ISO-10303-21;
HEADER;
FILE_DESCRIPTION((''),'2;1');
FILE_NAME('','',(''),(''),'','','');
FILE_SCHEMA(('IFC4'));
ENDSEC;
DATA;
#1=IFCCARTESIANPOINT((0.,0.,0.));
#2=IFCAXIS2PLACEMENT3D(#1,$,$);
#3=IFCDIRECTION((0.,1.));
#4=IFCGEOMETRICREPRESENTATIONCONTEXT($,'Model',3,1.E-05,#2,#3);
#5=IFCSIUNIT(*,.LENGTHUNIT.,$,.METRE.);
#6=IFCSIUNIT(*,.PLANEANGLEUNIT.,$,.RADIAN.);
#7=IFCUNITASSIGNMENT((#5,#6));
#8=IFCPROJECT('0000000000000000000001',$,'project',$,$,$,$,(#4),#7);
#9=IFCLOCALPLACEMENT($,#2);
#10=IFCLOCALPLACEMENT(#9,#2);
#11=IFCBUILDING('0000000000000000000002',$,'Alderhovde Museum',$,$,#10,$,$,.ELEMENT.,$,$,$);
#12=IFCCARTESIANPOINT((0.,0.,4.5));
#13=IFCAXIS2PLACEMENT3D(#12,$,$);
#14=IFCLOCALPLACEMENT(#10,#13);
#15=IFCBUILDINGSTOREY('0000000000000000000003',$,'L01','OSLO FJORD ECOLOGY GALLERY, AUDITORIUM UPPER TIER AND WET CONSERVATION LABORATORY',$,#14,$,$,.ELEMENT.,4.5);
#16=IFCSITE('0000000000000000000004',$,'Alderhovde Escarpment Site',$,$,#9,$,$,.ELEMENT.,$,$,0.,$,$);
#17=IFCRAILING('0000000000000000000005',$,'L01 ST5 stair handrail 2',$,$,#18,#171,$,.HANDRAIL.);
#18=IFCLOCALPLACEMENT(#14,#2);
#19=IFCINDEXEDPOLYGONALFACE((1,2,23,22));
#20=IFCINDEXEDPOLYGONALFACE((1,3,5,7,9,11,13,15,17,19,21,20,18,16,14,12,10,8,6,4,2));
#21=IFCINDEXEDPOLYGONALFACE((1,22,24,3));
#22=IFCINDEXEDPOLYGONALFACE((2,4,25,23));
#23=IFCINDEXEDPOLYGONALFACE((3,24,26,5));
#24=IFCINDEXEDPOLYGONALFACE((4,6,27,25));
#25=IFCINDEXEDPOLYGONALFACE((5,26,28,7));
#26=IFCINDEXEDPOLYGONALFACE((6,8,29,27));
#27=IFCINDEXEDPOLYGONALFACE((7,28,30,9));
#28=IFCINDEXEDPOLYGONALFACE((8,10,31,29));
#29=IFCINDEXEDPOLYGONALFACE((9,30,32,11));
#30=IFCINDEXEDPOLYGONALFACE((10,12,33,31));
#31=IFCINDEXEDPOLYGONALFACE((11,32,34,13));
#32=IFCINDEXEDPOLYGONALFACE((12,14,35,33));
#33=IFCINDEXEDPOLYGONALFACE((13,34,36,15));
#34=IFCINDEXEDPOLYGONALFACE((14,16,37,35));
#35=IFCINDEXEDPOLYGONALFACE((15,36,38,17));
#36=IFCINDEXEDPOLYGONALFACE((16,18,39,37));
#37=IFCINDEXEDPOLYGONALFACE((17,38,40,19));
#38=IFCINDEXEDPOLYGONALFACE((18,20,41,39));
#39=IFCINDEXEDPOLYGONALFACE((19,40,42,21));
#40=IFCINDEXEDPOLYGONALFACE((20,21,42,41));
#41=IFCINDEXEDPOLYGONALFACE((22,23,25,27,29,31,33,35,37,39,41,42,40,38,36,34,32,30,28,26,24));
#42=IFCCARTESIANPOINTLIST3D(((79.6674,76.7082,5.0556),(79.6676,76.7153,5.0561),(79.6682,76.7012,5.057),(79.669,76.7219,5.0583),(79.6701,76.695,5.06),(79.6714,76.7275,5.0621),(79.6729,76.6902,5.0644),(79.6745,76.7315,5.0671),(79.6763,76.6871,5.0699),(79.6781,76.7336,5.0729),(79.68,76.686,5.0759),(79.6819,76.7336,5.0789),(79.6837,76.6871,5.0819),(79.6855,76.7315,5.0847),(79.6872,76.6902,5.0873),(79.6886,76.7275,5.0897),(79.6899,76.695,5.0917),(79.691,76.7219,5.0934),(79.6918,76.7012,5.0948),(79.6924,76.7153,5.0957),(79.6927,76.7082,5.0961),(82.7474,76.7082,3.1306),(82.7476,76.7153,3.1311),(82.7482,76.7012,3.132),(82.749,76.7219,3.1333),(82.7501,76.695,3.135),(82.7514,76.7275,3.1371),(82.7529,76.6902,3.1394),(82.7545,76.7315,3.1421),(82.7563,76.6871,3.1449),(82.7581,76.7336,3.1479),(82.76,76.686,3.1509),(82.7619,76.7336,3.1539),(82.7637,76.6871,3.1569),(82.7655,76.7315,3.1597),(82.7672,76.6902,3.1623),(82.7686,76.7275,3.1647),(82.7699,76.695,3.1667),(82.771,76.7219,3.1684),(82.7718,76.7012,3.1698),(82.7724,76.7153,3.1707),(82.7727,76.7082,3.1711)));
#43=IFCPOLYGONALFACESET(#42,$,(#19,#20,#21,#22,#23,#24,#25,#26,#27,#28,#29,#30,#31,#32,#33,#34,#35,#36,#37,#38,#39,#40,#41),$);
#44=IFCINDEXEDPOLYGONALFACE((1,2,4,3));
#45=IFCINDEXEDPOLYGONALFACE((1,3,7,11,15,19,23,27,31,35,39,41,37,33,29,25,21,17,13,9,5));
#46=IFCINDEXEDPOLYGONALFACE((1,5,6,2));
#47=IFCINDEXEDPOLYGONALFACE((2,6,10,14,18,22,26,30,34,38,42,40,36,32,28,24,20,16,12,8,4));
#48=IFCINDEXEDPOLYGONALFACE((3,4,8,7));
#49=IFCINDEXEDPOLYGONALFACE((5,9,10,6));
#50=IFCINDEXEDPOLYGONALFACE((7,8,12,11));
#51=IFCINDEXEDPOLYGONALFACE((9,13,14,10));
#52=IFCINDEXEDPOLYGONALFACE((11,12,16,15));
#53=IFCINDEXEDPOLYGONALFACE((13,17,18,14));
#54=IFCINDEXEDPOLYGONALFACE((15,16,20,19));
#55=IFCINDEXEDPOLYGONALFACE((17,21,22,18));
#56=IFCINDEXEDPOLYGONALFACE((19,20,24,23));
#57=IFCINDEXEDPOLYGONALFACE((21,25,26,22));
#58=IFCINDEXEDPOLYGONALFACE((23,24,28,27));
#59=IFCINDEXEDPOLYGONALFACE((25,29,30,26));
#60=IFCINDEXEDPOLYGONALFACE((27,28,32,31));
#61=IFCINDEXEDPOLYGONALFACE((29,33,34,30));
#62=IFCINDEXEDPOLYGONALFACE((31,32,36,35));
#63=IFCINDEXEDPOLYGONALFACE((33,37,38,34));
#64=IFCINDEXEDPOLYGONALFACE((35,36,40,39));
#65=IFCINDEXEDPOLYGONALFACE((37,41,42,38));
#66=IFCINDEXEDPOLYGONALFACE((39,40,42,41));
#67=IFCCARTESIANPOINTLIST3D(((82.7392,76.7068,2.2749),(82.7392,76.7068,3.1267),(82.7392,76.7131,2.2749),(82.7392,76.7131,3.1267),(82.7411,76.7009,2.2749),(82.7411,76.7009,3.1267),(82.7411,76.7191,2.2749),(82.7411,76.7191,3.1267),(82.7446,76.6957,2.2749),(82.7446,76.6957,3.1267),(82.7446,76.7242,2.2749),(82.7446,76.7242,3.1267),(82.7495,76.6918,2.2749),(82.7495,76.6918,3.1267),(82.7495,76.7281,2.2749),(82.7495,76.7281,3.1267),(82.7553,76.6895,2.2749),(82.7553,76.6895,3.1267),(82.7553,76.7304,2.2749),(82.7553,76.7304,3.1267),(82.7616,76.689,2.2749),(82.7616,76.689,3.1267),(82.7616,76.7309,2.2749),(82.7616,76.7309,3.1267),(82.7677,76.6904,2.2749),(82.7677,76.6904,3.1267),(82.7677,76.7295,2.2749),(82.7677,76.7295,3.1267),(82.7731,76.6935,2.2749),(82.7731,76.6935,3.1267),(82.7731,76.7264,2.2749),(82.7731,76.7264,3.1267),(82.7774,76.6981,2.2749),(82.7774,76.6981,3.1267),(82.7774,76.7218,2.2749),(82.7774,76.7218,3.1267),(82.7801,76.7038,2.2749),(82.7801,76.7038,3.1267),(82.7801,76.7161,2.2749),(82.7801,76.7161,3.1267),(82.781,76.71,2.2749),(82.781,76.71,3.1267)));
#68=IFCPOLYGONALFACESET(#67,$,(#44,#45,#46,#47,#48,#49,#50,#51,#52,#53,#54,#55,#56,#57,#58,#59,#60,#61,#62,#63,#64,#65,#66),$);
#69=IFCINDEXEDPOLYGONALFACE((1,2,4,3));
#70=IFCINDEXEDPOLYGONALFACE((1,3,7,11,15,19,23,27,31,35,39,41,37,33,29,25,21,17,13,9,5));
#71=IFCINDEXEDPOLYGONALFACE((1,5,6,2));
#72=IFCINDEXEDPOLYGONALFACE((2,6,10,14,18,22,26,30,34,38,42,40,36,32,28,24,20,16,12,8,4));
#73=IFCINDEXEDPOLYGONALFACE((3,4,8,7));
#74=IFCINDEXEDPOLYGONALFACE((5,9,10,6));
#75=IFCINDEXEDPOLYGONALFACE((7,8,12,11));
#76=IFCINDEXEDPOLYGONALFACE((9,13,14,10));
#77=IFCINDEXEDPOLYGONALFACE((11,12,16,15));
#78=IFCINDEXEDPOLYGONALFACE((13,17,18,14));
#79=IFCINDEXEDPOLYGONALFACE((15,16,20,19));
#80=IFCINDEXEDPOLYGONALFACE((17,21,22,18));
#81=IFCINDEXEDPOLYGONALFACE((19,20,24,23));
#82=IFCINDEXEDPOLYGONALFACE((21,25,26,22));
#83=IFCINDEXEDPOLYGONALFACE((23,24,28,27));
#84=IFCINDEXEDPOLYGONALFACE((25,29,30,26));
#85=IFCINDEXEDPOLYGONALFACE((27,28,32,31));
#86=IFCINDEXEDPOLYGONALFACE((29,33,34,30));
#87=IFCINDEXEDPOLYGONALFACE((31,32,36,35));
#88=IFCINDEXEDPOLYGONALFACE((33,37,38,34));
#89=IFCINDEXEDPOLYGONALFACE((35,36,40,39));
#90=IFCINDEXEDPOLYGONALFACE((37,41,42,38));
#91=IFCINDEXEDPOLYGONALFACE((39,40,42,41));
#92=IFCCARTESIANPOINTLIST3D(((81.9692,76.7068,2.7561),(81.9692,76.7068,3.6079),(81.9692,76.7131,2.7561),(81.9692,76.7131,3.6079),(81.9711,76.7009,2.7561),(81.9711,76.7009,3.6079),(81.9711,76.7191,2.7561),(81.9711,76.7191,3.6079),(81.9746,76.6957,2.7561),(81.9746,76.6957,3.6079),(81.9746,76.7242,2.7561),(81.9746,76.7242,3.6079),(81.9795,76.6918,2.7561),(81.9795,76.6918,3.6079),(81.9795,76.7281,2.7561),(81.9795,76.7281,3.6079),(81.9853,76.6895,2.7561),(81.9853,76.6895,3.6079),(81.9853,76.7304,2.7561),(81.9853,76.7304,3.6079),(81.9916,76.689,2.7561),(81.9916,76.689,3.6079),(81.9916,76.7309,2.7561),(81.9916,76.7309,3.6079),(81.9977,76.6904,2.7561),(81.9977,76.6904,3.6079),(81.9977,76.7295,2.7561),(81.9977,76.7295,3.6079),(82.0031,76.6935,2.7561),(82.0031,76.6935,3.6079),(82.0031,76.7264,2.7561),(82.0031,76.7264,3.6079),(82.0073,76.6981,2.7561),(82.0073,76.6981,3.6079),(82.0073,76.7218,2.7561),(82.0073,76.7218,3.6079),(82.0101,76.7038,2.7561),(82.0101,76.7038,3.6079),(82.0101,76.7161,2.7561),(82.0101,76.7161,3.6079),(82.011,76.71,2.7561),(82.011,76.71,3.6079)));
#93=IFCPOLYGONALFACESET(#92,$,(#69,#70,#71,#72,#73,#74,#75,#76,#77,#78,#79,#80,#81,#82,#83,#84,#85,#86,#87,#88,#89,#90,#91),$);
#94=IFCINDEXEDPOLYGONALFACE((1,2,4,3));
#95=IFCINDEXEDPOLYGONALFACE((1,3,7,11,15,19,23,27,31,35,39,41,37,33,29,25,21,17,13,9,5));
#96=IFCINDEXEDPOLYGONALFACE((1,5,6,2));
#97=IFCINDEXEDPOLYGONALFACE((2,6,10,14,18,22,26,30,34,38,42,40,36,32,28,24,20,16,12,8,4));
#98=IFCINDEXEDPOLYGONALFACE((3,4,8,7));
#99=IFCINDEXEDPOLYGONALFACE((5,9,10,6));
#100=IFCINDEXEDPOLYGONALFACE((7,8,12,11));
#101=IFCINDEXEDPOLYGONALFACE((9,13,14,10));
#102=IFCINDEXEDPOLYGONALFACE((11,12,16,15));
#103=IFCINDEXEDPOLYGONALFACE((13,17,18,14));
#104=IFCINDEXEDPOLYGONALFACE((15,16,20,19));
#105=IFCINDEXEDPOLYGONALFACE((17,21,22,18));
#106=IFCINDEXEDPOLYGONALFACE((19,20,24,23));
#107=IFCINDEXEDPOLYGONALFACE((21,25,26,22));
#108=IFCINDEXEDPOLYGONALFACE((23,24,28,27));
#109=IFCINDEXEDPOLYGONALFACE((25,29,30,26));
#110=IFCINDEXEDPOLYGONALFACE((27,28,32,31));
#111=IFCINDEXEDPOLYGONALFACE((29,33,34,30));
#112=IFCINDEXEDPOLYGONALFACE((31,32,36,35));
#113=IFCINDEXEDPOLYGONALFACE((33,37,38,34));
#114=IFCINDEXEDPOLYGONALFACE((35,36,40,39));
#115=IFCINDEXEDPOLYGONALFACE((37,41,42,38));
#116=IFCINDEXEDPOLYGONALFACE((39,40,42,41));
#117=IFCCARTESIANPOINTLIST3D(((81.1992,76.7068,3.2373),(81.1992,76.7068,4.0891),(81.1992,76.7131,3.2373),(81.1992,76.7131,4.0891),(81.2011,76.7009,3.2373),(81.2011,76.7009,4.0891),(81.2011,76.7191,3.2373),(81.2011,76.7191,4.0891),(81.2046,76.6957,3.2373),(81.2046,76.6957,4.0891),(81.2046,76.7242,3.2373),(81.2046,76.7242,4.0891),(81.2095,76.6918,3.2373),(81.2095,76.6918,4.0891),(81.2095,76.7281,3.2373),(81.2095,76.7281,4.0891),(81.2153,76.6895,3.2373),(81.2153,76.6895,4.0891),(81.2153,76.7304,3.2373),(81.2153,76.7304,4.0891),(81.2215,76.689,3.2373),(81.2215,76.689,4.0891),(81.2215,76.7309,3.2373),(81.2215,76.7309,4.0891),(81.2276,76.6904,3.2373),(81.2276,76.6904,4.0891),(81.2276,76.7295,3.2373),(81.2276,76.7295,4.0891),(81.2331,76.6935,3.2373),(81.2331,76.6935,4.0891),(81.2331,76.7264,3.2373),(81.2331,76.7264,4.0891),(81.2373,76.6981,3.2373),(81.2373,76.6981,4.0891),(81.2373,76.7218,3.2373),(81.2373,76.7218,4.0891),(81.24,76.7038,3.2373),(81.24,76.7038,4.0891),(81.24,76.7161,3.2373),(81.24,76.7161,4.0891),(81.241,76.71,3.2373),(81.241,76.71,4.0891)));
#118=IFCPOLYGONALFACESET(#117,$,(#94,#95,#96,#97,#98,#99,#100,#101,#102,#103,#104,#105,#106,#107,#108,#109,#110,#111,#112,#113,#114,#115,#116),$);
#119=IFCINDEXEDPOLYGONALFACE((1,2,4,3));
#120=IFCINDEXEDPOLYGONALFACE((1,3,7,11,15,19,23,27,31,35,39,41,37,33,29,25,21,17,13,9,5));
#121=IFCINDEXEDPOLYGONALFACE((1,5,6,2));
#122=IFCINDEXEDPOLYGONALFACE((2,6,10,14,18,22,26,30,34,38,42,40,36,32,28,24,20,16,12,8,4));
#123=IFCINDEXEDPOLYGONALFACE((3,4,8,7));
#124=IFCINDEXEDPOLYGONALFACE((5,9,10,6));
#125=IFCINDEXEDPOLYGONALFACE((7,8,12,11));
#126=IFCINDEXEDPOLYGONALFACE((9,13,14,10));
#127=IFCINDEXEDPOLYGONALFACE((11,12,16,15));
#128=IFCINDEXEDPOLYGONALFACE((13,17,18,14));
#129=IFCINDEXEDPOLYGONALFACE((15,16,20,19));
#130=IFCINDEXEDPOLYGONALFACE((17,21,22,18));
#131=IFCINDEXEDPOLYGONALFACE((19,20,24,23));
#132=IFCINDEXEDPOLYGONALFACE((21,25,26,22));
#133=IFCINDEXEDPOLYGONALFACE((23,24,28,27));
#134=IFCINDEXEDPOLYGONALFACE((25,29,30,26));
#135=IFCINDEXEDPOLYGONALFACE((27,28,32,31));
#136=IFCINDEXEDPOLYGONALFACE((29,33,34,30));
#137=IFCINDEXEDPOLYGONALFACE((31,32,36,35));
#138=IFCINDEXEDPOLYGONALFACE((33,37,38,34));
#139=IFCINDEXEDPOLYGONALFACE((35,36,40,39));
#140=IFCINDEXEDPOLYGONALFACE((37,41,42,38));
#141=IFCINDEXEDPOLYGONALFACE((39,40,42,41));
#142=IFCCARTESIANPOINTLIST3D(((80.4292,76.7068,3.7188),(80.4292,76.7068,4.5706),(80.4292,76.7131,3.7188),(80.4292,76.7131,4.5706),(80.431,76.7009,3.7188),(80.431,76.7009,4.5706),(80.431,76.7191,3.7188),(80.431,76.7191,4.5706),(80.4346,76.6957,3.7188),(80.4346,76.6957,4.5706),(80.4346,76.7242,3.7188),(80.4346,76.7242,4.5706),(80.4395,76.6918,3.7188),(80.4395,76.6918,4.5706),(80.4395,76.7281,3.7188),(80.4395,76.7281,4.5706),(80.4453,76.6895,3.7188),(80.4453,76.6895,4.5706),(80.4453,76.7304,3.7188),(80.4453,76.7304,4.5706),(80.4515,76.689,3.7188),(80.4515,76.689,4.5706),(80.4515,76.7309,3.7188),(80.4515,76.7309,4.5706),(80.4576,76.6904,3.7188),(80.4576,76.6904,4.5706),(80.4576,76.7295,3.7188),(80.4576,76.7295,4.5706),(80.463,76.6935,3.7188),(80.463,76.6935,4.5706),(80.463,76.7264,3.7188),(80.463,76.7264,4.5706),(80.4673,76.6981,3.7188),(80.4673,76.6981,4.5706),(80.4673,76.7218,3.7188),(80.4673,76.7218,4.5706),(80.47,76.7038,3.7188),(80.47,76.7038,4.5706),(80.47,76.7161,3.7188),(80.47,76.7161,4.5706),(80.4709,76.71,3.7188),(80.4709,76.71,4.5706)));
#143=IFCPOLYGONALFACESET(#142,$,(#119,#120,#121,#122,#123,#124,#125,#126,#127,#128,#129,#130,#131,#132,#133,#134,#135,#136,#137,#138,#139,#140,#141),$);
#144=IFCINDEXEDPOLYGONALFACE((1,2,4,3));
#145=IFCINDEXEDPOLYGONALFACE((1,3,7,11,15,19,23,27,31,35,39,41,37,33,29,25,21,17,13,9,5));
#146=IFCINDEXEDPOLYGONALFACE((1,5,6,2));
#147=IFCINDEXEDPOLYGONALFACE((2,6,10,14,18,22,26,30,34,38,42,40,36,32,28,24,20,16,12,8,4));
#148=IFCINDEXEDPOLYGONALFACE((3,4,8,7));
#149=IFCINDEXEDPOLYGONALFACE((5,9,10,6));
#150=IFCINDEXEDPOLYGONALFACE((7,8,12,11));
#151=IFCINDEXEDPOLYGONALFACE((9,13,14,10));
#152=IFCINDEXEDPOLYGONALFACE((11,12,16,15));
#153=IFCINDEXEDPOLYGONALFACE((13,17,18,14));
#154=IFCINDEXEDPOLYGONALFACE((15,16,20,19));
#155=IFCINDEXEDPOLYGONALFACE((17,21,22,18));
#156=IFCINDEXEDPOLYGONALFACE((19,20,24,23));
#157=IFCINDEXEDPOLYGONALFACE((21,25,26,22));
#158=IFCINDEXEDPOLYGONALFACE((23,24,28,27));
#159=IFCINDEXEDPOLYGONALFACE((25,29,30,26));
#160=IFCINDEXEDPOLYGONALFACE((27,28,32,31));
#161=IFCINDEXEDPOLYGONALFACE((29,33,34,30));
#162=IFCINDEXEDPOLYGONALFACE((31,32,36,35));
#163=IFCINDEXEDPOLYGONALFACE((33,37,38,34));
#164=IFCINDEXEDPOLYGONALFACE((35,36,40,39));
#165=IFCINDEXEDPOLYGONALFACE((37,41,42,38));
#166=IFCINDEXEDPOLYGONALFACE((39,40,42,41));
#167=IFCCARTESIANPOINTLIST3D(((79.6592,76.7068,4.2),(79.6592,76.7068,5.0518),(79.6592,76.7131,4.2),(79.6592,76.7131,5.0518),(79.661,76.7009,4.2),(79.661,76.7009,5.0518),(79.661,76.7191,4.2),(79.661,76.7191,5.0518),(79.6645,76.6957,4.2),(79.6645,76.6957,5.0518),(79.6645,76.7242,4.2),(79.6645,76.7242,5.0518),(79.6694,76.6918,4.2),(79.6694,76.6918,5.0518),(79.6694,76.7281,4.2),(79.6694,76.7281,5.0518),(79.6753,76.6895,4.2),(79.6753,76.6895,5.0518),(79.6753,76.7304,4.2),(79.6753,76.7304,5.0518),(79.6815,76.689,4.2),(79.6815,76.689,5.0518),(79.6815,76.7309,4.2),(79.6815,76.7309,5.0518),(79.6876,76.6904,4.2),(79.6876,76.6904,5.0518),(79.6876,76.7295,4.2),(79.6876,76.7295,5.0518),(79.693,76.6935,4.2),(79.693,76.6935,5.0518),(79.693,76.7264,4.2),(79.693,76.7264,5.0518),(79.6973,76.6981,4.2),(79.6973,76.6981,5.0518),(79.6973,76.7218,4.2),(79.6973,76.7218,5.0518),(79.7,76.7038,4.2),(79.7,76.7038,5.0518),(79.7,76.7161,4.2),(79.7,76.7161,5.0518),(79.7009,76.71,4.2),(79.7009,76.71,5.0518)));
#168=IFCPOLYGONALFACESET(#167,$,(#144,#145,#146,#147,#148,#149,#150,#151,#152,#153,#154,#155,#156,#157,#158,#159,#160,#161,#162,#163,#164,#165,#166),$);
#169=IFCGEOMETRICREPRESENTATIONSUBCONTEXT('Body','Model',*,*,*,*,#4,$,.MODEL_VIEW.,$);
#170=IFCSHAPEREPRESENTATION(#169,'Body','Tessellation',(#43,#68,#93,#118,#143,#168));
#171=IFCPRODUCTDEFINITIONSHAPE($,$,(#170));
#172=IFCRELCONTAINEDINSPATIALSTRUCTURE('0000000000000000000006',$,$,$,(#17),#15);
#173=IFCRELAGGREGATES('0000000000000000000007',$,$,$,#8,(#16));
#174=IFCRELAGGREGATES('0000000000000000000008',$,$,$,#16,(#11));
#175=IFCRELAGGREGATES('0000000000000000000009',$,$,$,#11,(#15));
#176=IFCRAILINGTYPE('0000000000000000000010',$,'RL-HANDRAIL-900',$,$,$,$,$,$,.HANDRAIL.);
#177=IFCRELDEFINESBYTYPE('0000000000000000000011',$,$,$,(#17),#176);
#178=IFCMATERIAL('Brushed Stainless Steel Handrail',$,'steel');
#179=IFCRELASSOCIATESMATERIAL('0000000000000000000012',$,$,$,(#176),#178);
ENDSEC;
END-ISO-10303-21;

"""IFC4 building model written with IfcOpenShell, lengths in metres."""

from ifc_helpers import new_model, si_unit, direction, frame, origin, origin_2d, place, context, subcontext, project, spatial, circle, extrude, material, type_object, element, save


model = new_model("IFC4")

# Units and contexts
model_context = context("Model", 3, precision=1e-05, world=origin(), true_north=direction((0.0, 1.0)))
body_context = subcontext(model_context, "Body", "Model", "MODEL_VIEW")
ifc_project = project(units=[si_unit("LENGTHUNIT", "METRE"), si_unit("PLANEANGLEUNIT", "RADIAN")], contexts=[model_context])

# Site, building, storey
site_placement = place(None, origin())
site = spatial("IfcSite", under=ifc_project, at=site_placement, Name="Alderhovde Escarpment Site", CompositionType="ELEMENT", RefElevation=0.0)
building_placement = place(site_placement, origin())
building = spatial("IfcBuilding", under=site, at=building_placement, Name="Alderhovde Museum", CompositionType="ELEMENT")
storey_placement = place(building_placement, frame((0.0, 0.0, 4.5)))
storey = spatial("IfcBuildingStorey", under=building, at=storey_placement, Name="L01", Description="OSLO FJORD ECOLOGY GALLERY, AUDITORIUM UPPER TIER AND WET CONSERVATION LABORATORY", CompositionType="ELEMENT", Elevation=4.5)

# Railing
ifc_material_1 = material(Name="Brushed Stainless Steel Handrail", Category="steel")
railing_type_1 = type_object("IfcRailingType", Name="RL-HANDRAIL-900", PredefinedType="HANDRAIL", material=ifc_material_1)
railing_1_placement = place(storey_placement, frame((82.76, 76.71, 2.2749)))
element("IfcRailing", 1, at=railing_1_placement, inside=storey, type_object=railing_type_1, Name="L01 ST5 stair handrail 2", PredefinedType="HANDRAIL", context=body_context, shape_type="SweptSolid", body=[
    extrude(circle(Radius=0.0239, at=origin_2d()), frame((0.0, 0.0, 0.876), z_axis=(-0.847998, 0.0, 0.529999), x_axis=(0.0, -1.0, 0.0)), (0.0, 0.0, 1.0), 3.6321),
    extrude(circle(Radius=0.021, at=origin_2d()), origin(), (0.0, 0.0, 1.0), 0.8518),
    extrude(circle(Radius=0.021, at=origin_2d()), frame((-0.77, 0.0, 0.4812)), (0.0, 0.0, 1.0), 0.8518),
    extrude(circle(Radius=0.021, at=origin_2d()), frame((-1.54, 0.0, 0.9624)), (0.0, 0.0, 1.0), 0.8518),
    extrude(circle(Radius=0.021, at=origin_2d()), frame((-2.3101, 0.0, 1.4438)), (0.0, 0.0, 1.0), 0.8518),
    extrude(circle(Radius=0.021, at=origin_2d()), frame((-3.0801, 0.0, 1.925)), (0.0, 0.0, 1.0), 0.8518),
])

save(model, "model.ifc")
